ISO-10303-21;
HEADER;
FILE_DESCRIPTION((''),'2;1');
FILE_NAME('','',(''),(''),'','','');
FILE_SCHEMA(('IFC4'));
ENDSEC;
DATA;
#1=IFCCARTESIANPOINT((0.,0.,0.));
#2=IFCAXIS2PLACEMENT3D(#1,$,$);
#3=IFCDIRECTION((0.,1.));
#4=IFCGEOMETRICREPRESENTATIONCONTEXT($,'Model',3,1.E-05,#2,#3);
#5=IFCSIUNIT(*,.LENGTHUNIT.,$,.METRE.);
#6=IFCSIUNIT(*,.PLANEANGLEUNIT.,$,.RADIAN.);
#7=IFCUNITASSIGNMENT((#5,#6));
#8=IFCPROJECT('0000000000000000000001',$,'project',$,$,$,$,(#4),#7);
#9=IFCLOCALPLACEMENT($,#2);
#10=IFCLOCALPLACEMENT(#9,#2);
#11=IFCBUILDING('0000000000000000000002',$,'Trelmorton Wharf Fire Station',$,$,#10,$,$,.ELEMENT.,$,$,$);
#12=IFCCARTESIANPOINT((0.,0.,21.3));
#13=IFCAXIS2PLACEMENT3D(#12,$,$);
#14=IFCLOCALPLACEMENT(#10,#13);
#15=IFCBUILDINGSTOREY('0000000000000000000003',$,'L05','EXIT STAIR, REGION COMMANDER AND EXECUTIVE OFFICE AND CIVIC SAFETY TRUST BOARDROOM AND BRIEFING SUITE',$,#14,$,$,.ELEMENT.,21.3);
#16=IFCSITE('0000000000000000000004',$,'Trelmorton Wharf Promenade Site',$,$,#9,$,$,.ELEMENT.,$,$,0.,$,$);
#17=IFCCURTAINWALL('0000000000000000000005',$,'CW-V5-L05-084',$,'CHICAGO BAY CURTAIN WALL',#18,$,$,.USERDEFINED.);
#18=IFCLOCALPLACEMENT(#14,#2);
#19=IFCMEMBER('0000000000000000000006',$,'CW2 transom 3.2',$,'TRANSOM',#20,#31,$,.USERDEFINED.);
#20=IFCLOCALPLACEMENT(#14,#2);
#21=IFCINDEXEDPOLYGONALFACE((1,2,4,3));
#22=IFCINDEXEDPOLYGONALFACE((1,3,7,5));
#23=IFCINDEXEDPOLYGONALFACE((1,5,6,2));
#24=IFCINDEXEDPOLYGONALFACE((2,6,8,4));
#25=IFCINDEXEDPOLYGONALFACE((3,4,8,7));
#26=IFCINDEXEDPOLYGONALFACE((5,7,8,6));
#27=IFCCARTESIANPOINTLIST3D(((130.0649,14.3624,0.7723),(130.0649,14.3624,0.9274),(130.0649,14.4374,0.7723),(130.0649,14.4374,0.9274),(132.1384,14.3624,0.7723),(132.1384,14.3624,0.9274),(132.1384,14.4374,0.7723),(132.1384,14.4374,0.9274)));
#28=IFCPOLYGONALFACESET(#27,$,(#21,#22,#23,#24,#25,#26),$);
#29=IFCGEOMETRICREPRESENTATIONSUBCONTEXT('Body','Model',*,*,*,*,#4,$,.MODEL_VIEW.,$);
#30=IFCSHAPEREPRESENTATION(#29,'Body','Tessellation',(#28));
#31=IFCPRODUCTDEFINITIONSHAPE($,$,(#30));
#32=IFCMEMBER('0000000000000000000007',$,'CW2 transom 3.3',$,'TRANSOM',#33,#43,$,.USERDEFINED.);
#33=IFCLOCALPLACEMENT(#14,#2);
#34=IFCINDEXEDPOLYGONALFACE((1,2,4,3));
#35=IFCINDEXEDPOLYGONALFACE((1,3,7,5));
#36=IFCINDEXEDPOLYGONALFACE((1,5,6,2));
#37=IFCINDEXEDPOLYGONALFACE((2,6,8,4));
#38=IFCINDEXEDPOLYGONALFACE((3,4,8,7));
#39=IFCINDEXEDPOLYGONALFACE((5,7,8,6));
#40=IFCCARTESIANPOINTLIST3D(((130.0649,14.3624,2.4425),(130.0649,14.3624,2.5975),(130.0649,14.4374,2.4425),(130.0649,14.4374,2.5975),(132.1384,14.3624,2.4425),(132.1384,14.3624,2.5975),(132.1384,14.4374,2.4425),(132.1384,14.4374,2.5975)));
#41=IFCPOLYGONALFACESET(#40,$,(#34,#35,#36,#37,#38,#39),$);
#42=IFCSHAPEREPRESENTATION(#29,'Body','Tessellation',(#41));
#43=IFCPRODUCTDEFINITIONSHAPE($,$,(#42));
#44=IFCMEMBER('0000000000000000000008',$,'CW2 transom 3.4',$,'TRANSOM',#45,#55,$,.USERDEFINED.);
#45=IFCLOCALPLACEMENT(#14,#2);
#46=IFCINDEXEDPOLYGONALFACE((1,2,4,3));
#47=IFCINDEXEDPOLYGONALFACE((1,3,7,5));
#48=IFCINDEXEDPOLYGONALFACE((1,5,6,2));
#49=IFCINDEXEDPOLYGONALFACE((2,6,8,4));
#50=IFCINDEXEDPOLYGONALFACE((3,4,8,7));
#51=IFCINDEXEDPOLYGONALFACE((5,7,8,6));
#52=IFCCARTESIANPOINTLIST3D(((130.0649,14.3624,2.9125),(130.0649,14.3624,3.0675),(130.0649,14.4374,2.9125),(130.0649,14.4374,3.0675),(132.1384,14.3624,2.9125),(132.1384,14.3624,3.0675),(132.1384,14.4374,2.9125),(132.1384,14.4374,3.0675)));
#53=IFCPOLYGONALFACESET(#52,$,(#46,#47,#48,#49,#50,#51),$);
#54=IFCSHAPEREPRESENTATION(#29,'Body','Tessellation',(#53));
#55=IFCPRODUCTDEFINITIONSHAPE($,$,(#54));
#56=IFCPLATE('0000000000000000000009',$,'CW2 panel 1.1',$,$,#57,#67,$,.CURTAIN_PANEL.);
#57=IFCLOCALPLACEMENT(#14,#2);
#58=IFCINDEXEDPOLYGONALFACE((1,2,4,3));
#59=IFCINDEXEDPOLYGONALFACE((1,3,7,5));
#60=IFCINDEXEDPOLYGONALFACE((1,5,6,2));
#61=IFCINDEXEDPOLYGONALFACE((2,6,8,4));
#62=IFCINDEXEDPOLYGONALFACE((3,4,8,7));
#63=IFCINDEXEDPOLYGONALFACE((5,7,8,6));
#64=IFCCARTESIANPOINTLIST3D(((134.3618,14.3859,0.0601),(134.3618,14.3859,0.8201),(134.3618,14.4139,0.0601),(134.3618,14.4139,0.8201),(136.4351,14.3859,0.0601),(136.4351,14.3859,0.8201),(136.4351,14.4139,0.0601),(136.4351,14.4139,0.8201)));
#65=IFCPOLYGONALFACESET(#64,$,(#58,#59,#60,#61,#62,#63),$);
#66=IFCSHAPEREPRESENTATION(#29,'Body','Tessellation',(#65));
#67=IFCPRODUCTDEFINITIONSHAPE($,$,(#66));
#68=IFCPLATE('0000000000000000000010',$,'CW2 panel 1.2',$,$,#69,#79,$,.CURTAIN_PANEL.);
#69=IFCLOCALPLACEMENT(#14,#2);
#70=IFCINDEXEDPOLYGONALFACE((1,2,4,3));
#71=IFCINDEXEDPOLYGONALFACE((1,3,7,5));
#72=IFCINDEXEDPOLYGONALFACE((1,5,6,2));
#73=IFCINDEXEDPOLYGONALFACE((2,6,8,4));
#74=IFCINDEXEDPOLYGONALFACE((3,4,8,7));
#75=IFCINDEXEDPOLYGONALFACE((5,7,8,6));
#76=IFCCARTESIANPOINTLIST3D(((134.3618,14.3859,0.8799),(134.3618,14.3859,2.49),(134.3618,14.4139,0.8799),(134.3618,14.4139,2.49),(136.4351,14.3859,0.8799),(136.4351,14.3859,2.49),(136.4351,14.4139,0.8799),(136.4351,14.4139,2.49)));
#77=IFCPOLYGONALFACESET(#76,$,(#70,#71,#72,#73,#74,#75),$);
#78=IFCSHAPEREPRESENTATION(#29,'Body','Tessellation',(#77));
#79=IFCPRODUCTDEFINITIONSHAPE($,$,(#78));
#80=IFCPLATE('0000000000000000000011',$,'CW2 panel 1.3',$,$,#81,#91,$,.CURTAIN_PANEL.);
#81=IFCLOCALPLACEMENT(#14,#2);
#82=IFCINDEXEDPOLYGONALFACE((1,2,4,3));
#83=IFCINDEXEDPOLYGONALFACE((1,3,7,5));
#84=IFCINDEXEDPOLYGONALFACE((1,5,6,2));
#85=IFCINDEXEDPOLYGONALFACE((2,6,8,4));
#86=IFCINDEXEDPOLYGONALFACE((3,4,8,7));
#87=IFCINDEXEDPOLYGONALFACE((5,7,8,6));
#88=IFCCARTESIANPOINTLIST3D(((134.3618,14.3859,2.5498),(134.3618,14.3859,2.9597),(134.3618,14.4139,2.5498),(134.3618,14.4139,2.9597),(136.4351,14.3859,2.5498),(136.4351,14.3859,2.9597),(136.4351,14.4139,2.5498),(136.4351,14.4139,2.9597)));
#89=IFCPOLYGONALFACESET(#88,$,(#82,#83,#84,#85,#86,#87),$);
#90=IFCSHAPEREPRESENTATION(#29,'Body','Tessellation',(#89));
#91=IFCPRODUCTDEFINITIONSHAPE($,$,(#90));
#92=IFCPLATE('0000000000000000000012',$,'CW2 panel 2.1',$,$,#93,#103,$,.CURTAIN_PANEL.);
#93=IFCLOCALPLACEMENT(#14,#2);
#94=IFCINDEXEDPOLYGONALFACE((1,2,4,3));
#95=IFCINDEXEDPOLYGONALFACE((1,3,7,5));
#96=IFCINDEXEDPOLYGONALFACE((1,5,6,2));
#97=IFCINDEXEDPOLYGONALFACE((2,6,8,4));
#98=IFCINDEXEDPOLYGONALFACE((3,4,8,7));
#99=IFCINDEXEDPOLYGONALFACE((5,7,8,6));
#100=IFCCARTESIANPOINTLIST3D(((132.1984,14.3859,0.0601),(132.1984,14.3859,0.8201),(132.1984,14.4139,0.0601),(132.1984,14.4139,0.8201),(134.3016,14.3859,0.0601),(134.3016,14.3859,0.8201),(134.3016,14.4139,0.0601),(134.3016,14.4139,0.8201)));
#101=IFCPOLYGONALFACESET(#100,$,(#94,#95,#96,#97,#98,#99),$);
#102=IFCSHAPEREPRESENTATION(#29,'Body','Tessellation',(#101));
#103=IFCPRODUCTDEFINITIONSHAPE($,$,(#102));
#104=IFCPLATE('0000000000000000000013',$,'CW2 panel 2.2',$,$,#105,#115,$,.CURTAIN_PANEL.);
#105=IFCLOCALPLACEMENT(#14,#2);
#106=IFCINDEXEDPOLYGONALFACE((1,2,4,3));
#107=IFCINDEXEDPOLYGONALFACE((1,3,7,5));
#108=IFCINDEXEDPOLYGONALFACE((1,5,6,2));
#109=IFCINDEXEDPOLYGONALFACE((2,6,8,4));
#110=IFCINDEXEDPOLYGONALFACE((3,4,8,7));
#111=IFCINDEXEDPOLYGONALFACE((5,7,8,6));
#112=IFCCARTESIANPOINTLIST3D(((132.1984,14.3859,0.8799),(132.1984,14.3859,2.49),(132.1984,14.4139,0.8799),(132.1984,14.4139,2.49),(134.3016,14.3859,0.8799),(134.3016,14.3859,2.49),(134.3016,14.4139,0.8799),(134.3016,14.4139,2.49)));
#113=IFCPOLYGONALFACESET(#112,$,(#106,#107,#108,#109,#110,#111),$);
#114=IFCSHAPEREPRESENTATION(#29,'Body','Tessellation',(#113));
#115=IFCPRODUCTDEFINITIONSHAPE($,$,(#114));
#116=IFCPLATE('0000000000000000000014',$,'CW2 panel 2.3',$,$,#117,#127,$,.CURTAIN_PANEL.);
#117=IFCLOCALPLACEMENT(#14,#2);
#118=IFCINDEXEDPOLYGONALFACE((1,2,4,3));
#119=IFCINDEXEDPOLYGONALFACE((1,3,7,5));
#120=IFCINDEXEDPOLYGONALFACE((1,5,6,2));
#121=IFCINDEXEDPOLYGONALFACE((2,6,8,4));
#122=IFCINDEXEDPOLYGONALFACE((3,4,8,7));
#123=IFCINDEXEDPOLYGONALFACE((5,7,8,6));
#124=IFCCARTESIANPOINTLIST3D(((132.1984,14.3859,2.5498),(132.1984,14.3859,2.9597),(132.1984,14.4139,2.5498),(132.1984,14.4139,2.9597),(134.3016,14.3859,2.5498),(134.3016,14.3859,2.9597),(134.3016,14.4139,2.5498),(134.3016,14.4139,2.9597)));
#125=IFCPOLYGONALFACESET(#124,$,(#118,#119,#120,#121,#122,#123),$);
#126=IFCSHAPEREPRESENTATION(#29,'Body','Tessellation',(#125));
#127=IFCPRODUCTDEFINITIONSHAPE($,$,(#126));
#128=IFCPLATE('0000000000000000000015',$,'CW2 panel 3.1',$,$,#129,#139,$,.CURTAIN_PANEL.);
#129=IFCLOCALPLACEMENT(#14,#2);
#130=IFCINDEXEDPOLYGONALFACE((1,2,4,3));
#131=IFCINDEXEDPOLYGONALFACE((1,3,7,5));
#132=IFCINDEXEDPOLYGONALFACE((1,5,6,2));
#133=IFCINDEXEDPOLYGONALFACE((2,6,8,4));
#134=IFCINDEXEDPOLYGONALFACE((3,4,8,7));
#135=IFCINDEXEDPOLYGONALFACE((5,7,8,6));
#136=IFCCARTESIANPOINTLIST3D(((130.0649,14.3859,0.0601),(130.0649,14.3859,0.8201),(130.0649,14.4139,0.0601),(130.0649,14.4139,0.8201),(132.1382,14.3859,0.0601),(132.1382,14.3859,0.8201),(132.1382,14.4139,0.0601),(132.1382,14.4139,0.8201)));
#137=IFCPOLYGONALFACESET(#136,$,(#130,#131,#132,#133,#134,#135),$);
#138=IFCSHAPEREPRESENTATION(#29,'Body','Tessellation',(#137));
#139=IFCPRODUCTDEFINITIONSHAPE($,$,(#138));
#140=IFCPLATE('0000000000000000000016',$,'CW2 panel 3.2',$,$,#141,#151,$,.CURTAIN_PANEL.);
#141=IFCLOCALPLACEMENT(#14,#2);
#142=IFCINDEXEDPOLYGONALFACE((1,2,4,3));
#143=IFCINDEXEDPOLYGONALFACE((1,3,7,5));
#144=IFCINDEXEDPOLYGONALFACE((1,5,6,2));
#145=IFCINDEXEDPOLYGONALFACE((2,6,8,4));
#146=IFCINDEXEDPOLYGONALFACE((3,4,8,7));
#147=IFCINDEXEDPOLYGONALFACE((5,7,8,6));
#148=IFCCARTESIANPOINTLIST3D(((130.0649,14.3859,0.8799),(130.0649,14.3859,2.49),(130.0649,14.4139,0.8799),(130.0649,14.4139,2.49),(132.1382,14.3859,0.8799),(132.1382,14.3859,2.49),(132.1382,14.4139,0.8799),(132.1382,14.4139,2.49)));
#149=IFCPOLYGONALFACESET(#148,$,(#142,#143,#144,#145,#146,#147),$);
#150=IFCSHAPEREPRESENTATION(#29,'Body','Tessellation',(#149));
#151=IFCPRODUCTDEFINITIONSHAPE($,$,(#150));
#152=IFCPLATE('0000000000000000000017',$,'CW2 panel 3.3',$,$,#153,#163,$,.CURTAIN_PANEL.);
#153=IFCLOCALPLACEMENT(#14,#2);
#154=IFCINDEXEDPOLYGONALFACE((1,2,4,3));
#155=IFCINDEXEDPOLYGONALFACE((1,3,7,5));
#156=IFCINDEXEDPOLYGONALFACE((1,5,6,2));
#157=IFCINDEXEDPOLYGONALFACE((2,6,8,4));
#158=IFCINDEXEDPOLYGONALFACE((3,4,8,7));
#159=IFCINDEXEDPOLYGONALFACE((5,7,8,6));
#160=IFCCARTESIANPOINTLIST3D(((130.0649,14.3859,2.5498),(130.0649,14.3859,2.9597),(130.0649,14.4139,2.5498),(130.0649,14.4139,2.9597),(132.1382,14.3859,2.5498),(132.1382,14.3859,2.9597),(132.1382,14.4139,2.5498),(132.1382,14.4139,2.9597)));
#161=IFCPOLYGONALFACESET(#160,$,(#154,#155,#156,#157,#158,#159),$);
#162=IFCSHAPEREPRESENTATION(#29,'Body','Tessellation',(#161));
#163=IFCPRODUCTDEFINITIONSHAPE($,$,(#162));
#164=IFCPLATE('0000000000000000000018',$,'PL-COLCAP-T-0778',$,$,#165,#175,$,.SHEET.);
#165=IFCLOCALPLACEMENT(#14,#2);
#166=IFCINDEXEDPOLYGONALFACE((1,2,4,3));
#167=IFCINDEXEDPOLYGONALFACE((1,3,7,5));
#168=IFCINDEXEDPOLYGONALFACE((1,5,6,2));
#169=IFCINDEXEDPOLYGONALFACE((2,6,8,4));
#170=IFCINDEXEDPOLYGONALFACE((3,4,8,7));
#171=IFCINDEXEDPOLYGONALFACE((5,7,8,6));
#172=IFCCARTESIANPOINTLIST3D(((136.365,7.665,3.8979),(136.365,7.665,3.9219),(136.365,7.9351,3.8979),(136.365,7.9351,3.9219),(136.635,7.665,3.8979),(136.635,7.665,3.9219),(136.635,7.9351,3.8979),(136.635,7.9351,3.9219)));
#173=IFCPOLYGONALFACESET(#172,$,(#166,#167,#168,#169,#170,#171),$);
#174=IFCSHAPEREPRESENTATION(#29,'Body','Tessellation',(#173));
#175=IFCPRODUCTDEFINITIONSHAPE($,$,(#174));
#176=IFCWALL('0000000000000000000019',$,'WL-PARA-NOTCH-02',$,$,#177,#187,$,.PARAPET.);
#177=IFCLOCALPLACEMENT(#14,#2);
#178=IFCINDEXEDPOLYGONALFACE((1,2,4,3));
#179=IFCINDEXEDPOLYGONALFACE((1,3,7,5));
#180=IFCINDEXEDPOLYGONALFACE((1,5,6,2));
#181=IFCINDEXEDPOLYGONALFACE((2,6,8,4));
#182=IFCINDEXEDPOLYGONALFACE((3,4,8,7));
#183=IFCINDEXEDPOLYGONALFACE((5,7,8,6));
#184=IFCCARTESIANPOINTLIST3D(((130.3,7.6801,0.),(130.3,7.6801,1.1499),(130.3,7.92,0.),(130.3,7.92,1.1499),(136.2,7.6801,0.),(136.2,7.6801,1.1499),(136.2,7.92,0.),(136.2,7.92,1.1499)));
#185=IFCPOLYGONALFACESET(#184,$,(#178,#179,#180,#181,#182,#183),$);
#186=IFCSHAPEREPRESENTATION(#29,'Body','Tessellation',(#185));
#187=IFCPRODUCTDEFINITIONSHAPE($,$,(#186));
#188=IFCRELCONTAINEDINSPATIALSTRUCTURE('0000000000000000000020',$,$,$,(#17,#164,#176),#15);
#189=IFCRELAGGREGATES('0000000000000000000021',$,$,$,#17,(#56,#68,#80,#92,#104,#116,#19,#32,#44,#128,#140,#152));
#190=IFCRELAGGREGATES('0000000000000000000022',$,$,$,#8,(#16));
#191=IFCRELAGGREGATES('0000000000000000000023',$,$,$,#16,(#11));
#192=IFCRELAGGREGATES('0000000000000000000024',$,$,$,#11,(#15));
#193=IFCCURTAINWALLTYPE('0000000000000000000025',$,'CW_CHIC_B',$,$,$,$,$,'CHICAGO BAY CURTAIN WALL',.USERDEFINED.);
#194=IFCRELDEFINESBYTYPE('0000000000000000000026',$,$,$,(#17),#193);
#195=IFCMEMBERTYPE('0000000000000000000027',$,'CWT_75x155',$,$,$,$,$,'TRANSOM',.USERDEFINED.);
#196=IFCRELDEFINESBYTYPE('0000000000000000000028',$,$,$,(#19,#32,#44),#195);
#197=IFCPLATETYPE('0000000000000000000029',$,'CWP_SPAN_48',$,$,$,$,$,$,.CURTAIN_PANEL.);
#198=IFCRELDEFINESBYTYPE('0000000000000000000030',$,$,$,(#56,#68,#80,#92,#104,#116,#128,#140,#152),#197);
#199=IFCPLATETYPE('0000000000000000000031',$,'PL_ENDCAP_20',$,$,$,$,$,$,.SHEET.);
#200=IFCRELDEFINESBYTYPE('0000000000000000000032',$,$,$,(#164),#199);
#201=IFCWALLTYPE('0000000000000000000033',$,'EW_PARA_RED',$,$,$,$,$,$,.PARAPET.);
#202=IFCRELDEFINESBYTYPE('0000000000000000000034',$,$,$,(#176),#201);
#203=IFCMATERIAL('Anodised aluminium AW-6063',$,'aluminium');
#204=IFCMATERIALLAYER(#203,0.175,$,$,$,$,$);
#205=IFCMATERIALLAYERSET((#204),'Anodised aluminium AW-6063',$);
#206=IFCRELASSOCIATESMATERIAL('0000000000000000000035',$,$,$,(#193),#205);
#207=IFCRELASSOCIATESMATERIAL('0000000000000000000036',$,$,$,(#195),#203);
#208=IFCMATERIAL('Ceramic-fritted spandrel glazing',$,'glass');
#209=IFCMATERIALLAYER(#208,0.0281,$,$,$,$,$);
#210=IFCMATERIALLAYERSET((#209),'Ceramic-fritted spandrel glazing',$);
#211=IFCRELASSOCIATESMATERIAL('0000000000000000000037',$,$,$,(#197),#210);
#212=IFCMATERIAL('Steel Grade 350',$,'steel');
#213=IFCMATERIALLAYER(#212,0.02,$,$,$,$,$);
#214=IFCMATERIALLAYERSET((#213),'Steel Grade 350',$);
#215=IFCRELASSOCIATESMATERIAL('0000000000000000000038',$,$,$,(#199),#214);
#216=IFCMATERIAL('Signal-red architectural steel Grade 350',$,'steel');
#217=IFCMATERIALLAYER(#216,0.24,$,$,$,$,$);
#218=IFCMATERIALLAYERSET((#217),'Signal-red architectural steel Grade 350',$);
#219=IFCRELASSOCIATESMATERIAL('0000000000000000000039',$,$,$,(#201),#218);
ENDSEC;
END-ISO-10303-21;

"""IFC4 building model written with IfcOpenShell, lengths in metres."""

from ifc_helpers import new_model, si_unit, direction, frame, frame_2d, origin, origin_2d, place, context, subcontext, project, spatial, rectangle, extrude, material, layer, layer_set, material_profile, profile_set, type_object, element, aggregate, save


model = new_model("IFC4")

# Units and contexts
model_context = context("Model", 3, precision=1e-05, world=origin(), true_north=direction((0.0, 1.0)))
body_context = subcontext(model_context, "Body", "Model", "MODEL_VIEW")
ifc_project = project(units=[si_unit("LENGTHUNIT", "METRE"), si_unit("PLANEANGLEUNIT", "RADIAN")], contexts=[model_context])

# Site, building, storey
site_placement = place(None, origin())
site = spatial("IfcSite", under=ifc_project, at=site_placement, Name="Trelmorton Wharf Promenade Site", CompositionType="ELEMENT", RefElevation=0.0)
building_placement = place(site_placement, origin())
building = spatial("IfcBuilding", under=site, at=building_placement, Name="Trelmorton Wharf Fire Station", CompositionType="ELEMENT")
storey_placement = place(building_placement, frame((0.0, 0.0, 21.3)))
storey = spatial("IfcBuildingStorey", under=building, at=storey_placement, Name="L05", Description="EXIT STAIR, REGION COMMANDER AND EXECUTIVE OFFICE AND CIVIC SAFETY TRUST BOARDROOM AND BRIEFING SUITE", CompositionType="ELEMENT", Elevation=21.3)

# Shared definitions
ifc_material_1 = material(Name="Steel Grade 350", Category="steel")
ifc_material_2 = material(Name="Signal-red architectural steel Grade 350", Category="steel")

# Curtain wall, members, plates
ifc_material_3 = material(Name="Anodised aluminium AW-6063", Category="aluminium")
ifc_layer_1 = layer(ifc_material_3, 0.175)
ifc_layer_set_1 = layer_set([ifc_layer_1], Name="Anodised aluminium AW-6063")
curtain_wall_type = type_object("IfcCurtainWallType", Name="CW_CHIC_B", ElementType="CHICAGO BAY CURTAIN WALL", PredefinedType="USERDEFINED", material=ifc_layer_set_1)
curtain_wall_placement = place(storey_placement, origin())
curtain_wall = element("IfcCurtainWall", 1, at=curtain_wall_placement, inside=storey, type_object=curtain_wall_type, Name="CW-V5-L05-084", ObjectType="CHICAGO BAY CURTAIN WALL", PredefinedType="USERDEFINED")
ifc_material_profile_1 = material_profile(ifc_material_3, rectangle(XDim=0.075, YDim=0.155, at=origin_2d()), Name="ALU-75x155")
ifc_profile_set_1 = profile_set([ifc_material_profile_1], Name="Anodised aluminium AW-6063")
member_type_1 = type_object("IfcMemberType", Name="CWT_75x155", ElementType="TRANSOM", PredefinedType="USERDEFINED", material=ifc_profile_set_1)
member_1_placement = place(storey_placement, frame((132.1384, 14.3999, 0.8499), z_axis=(-1.0, 0.0, 0.0), x_axis=(0.0, -1.0, 0.0)))
member_1 = element("IfcMember", 2, at=member_1_placement, type_object=member_type_1, Name="CW2 transom 3.2", ObjectType="TRANSOM", PredefinedType="USERDEFINED", context=body_context, shape_type="SweptSolid", body=[
    extrude(rectangle(XDim=0.075, YDim=0.155, at=origin_2d()), origin(), (0.0, 0.0, 1.0), 2.0735),
])
member_2_placement = place(storey_placement, frame((132.1384, 14.3999, 2.52), z_axis=(-1.0, 0.0, 0.0), x_axis=(0.0, -1.0, 0.0)))
member_2 = element("IfcMember", 3, at=member_2_placement, type_object=member_type_1, Name="CW2 transom 3.3", ObjectType="TRANSOM", PredefinedType="USERDEFINED", context=body_context, shape_type="SweptSolid", body=[
    extrude(rectangle(XDim=0.075, YDim=0.155, at=origin_2d()), origin(), (0.0, 0.0, 1.0), 2.0735),
])
member_3_placement = place(storey_placement, frame((132.1384, 14.3999, 2.99), z_axis=(-1.0, 0.0, 0.0), x_axis=(0.0, -1.0, 0.0)))
member_3 = element("IfcMember", 4, at=member_3_placement, type_object=member_type_1, Name="CW2 transom 3.4", ObjectType="TRANSOM", PredefinedType="USERDEFINED", context=body_context, shape_type="SweptSolid", body=[
    extrude(rectangle(XDim=0.075, YDim=0.155, at=origin_2d()), origin(), (0.0, 0.0, 1.0), 2.0735),
])
ifc_material_4 = material(Name="Ceramic-fritted spandrel glazing", Category="glass")
ifc_layer_2 = layer(ifc_material_4, 0.0281)
ifc_layer_set_2 = layer_set([ifc_layer_2], Name="Ceramic-fritted spandrel glazing")
plate_type_1 = type_object("IfcPlateType", Name="CWP_SPAN_48", PredefinedType="CURTAIN_PANEL", material=ifc_layer_set_2)
plate_1_placement = place(storey_placement, frame((135.3984, 14.3999, 0.0601), z_axis=(0.0, 0.0, 1.0), x_axis=(-1.0, 0.0, 0.0)))
plate_1 = element("IfcPlate", 5, at=plate_1_placement, type_object=plate_type_1, Name="CW2 panel 1.1", PredefinedType="CURTAIN_PANEL", context=body_context, shape_type="SweptSolid", body=[
    extrude(rectangle(XDim=2.0732, YDim=0.0281, at=origin_2d()), origin(), (0.0, 0.0, 1.0), 0.76),
])
plate_2_placement = place(storey_placement, frame((135.3984, 14.3999, 0.8799), z_axis=(0.0, 0.0, 1.0), x_axis=(-1.0, 0.0, 0.0)))
plate_2 = element("IfcPlate", 6, at=plate_2_placement, type_object=plate_type_1, Name="CW2 panel 1.2", PredefinedType="CURTAIN_PANEL", context=body_context, shape_type="SweptSolid", body=[
    extrude(rectangle(XDim=2.0732, YDim=0.0281, at=origin_2d()), origin(), (0.0, 0.0, 1.0), 1.6101),
])
plate_3_placement = place(storey_placement, frame((135.3984, 14.3999, 2.5498), z_axis=(0.0, 0.0, 1.0), x_axis=(-1.0, 0.0, 0.0)))
plate_3 = element("IfcPlate", 7, at=plate_3_placement, type_object=plate_type_1, Name="CW2 panel 1.3", PredefinedType="CURTAIN_PANEL", context=body_context, shape_type="SweptSolid", body=[
    extrude(rectangle(XDim=2.0732, YDim=0.0281, at=origin_2d()), origin(), (0.0, 0.0, 1.0), 0.4099),
])
plate_4_placement = place(storey_placement, frame((133.25, 14.3999, 0.0601), z_axis=(0.0, 0.0, 1.0), x_axis=(-1.0, 0.0, 0.0)))
plate_4 = element("IfcPlate", 8, at=plate_4_placement, type_object=plate_type_1, Name="CW2 panel 2.1", PredefinedType="CURTAIN_PANEL", context=body_context, shape_type="SweptSolid", body=[
    extrude(rectangle(XDim=2.1033, YDim=0.0281, at=origin_2d()), origin(), (0.0, 0.0, 1.0), 0.76),
])
plate_5_placement = place(storey_placement, frame((133.25, 14.3999, 0.8799), z_axis=(0.0, 0.0, 1.0), x_axis=(-1.0, 0.0, 0.0)))
plate_5 = element("IfcPlate", 9, at=plate_5_placement, type_object=plate_type_1, Name="CW2 panel 2.2", PredefinedType="CURTAIN_PANEL", context=body_context, shape_type="SweptSolid", body=[
    extrude(rectangle(XDim=2.1033, YDim=0.0281, at=origin_2d()), origin(), (0.0, 0.0, 1.0), 1.6101),
])
plate_6_placement = place(storey_placement, frame((133.25, 14.3999, 2.5498), z_axis=(0.0, 0.0, 1.0), x_axis=(-1.0, 0.0, 0.0)))
plate_6 = element("IfcPlate", 10, at=plate_6_placement, type_object=plate_type_1, Name="CW2 panel 2.3", PredefinedType="CURTAIN_PANEL", context=body_context, shape_type="SweptSolid", body=[
    extrude(rectangle(XDim=2.1033, YDim=0.0281, at=origin_2d()), origin(), (0.0, 0.0, 1.0), 0.4099),
])
plate_7_placement = place(storey_placement, frame((131.1016, 14.3999, 0.0601), z_axis=(0.0, 0.0, 1.0), x_axis=(-1.0, 0.0, 0.0)))
plate_7 = element("IfcPlate", 11, at=plate_7_placement, type_object=plate_type_1, Name="CW2 panel 3.1", PredefinedType="CURTAIN_PANEL", context=body_context, shape_type="SweptSolid", body=[
    extrude(rectangle(XDim=2.0732, YDim=0.0281, at=origin_2d()), origin(), (0.0, 0.0, 1.0), 0.76),
])
plate_8_placement = place(storey_placement, frame((131.1016, 14.3999, 0.8799), z_axis=(0.0, 0.0, 1.0), x_axis=(-1.0, 0.0, 0.0)))
plate_8 = element("IfcPlate", 12, at=plate_8_placement, type_object=plate_type_1, Name="CW2 panel 3.2", PredefinedType="CURTAIN_PANEL", context=body_context, shape_type="SweptSolid", body=[
    extrude(rectangle(XDim=2.0732, YDim=0.0281, at=origin_2d()), origin(), (0.0, 0.0, 1.0), 1.6101),
])
plate_9_placement = place(storey_placement, frame((131.1016, 14.3999, 2.5498), z_axis=(0.0, 0.0, 1.0), x_axis=(-1.0, 0.0, 0.0)))
plate_9 = element("IfcPlate", 13, at=plate_9_placement, type_object=plate_type_1, Name="CW2 panel 3.3", PredefinedType="CURTAIN_PANEL", context=body_context, shape_type="SweptSolid", body=[
    extrude(rectangle(XDim=2.0732, YDim=0.0281, at=origin_2d()), origin(), (0.0, 0.0, 1.0), 0.4099),
])
aggregate(curtain_wall, [plate_1, plate_2, plate_3, plate_4, plate_5, plate_6, member_1, member_2, member_3, plate_7, plate_8, plate_9])

# Plate
ifc_layer_3 = layer(ifc_material_1, 0.02)
ifc_layer_set_3 = layer_set([ifc_layer_3], Name="Steel Grade 350")
plate_type_2 = type_object("IfcPlateType", Name="PL_ENDCAP_20", PredefinedType="SHEET", material=ifc_layer_set_3)
plate_10_placement = place(storey_placement, frame((136.5, 7.8, 3.8979), z_axis=(0.0, 0.0, 1.0), x_axis=(1.0, 0.0, 0.0)))
element("IfcPlate", 14, at=plate_10_placement, inside=storey, type_object=plate_type_2, Name="PL-COLCAP-T-0778", PredefinedType="SHEET", context=body_context, shape_type="SweptSolid", body=[
    extrude(rectangle(XDim=0.27, YDim=0.27, at=origin_2d()), origin(), (0.0, 0.0, 1.0), 0.0239),
])

# Wall
ifc_layer_4 = layer(ifc_material_2, 0.24)
ifc_layer_set_4 = layer_set([ifc_layer_4], Name="Signal-red architectural steel Grade 350")
wall_type = type_object("IfcWallType", Name="EW_PARA_RED", PredefinedType="PARAPET", material=ifc_layer_set_4)
wall_placement = place(storey_placement, frame((136.2, 7.8, 0.0), z_axis=(0.0, 0.0, 1.0), x_axis=(-1.0, 0.0, 0.0)))
element("IfcWall", 15, at=wall_placement, inside=storey, type_object=wall_type, Name="WL-PARA-NOTCH-02", PredefinedType="PARAPET", context=body_context, shape_type="SweptSolid", body=[
    extrude(rectangle(XDim=5.8999, YDim=0.24, at=frame_2d((2.95, 0.0))), origin(), (0.0, 0.0, 1.0), 1.1499),
])

save(model, "model.ifc")
